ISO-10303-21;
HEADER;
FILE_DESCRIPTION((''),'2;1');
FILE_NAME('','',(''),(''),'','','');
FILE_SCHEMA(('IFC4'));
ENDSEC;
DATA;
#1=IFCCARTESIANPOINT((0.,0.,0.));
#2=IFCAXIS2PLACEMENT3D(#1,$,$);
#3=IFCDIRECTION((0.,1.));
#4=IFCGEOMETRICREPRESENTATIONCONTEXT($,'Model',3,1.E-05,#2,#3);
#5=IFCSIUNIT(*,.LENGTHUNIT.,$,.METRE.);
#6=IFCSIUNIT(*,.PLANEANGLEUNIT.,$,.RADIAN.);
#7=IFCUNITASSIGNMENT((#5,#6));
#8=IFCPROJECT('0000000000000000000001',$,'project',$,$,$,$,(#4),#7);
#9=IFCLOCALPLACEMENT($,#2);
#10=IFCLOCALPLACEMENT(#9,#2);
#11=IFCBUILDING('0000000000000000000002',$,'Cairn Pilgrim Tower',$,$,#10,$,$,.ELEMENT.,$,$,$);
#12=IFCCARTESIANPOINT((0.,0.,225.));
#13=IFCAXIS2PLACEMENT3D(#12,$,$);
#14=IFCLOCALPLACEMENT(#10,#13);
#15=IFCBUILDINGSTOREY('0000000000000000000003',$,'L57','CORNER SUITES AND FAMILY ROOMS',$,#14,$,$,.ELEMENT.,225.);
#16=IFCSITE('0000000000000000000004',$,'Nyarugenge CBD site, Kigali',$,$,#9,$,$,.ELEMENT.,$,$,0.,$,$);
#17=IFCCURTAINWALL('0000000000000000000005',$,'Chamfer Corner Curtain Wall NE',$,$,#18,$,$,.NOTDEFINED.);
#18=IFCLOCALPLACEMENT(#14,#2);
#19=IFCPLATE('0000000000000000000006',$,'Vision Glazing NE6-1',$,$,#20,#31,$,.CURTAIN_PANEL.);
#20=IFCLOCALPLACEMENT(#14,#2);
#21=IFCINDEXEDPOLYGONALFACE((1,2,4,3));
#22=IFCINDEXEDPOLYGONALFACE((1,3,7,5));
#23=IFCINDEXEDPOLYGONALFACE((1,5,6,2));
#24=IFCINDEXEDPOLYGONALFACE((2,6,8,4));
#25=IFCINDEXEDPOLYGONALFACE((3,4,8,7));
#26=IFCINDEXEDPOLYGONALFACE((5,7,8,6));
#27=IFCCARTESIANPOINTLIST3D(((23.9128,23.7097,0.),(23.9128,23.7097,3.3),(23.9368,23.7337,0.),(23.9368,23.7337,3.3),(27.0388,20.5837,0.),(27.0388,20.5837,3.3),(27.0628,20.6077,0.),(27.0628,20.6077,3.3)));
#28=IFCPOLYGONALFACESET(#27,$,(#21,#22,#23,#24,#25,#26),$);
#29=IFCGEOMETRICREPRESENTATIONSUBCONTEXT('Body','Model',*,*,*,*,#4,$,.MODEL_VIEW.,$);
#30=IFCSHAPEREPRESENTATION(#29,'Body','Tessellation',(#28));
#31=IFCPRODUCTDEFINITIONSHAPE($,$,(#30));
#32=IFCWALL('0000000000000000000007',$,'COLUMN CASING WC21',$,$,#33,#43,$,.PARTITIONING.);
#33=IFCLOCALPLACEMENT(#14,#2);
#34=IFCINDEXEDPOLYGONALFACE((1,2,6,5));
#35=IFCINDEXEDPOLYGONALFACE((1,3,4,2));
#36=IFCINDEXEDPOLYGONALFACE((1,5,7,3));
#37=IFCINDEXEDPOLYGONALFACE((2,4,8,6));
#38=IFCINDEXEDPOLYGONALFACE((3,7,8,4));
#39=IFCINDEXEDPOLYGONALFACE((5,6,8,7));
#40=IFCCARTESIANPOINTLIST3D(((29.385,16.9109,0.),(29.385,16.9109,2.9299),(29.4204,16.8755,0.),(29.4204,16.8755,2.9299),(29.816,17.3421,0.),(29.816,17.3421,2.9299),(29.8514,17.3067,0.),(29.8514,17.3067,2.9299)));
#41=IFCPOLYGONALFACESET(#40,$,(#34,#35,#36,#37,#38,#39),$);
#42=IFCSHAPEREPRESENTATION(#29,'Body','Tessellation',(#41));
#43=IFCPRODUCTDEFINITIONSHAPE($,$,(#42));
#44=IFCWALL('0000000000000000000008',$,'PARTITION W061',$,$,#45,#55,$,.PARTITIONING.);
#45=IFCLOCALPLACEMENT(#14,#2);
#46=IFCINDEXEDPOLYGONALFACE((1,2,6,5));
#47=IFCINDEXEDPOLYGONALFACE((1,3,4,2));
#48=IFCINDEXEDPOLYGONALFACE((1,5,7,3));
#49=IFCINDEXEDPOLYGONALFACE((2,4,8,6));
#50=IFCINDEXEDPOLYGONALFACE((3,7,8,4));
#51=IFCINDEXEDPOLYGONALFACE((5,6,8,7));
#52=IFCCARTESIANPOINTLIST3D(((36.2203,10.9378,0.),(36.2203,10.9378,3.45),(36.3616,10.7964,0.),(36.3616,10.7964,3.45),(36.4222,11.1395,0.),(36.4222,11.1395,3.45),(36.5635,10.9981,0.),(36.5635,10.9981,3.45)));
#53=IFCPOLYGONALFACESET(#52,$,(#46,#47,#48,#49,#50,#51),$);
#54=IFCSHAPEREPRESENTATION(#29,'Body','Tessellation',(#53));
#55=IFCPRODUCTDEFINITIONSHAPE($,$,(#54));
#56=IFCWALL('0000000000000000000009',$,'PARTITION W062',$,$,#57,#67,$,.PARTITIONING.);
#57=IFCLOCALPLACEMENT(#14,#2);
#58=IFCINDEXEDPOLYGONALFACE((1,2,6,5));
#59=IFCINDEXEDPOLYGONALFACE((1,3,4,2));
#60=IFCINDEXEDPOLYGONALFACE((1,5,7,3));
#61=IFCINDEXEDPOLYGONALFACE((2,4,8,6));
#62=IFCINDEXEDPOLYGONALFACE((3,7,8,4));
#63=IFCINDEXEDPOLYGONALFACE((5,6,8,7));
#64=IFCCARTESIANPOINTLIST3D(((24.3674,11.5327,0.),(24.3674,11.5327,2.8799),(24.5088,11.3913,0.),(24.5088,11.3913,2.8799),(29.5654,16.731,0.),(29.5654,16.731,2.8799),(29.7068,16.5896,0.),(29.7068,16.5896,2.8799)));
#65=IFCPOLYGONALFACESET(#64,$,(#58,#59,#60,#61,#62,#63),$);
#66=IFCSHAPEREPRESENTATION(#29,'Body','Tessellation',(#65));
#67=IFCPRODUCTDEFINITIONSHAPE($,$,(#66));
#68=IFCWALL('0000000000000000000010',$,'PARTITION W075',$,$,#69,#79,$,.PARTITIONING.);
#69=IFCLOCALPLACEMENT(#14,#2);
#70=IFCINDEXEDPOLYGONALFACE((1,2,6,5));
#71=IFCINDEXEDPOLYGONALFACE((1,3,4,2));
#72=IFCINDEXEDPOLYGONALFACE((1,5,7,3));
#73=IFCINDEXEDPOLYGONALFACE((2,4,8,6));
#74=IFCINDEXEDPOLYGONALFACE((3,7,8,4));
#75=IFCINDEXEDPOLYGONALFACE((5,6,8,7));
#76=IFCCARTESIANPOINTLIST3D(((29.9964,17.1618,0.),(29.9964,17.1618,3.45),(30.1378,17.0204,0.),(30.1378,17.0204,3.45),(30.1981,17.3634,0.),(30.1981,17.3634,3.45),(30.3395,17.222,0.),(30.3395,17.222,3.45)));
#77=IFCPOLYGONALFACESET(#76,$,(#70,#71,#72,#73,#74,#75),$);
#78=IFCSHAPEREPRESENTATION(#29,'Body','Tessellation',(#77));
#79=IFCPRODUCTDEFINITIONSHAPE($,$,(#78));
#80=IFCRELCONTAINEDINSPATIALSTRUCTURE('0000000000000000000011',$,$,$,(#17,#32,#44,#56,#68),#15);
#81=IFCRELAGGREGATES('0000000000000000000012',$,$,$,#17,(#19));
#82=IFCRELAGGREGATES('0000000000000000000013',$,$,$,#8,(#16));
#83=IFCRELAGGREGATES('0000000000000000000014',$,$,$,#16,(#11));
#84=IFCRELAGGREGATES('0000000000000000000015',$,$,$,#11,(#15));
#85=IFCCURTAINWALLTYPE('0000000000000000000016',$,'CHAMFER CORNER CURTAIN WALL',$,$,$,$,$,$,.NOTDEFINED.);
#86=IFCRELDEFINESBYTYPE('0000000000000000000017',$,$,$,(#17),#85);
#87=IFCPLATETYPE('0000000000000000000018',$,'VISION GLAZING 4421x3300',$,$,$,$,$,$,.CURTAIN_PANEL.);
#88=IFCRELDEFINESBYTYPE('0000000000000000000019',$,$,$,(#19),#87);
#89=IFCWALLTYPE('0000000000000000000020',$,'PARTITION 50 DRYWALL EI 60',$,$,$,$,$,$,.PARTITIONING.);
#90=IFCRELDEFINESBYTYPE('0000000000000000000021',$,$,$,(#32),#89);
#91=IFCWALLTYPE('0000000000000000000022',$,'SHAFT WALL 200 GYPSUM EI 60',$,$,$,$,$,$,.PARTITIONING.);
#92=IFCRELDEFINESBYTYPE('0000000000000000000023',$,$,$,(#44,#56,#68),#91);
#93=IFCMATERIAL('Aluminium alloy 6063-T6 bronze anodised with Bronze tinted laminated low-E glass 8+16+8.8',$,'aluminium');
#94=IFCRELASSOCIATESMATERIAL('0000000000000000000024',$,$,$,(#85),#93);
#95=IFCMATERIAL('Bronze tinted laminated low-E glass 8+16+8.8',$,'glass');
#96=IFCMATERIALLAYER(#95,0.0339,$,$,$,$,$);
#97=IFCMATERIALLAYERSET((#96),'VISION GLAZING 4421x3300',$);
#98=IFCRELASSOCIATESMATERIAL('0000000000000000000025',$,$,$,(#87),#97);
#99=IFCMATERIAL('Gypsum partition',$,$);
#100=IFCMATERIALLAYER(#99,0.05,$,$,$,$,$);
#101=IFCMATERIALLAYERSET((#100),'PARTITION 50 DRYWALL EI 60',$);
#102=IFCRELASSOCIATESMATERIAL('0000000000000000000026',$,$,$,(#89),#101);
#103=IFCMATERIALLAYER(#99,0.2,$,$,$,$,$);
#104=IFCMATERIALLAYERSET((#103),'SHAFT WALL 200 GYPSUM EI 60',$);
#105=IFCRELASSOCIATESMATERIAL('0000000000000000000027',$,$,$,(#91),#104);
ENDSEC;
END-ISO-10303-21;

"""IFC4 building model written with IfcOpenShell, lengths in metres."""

from ifc_helpers import new_model, si_unit, direction, frame, frame_2d, origin, origin_2d, place, context, subcontext, project, spatial, rectangle, extrude, material, layer, layer_set, type_object, element, aggregate, save


model = new_model("IFC4")

# Units and contexts
model_context = context("Model", 3, precision=1e-05, world=origin(), true_north=direction((0.0, 1.0)))
body_context = subcontext(model_context, "Body", "Model", "MODEL_VIEW")
ifc_project = project(units=[si_unit("LENGTHUNIT", "METRE"), si_unit("PLANEANGLEUNIT", "RADIAN")], contexts=[model_context])

# Site, building, storey
site_placement = place(None, origin())
site = spatial("IfcSite", under=ifc_project, at=site_placement, Name="Nyarugenge CBD site, Kigali", CompositionType="ELEMENT", RefElevation=0.0)
building_placement = place(site_placement, origin())
building = spatial("IfcBuilding", under=site, at=building_placement, Name="Cairn Pilgrim Tower", CompositionType="ELEMENT")
storey_placement = place(building_placement, frame((0.0, 0.0, 225.0)))
storey = spatial("IfcBuildingStorey", under=building, at=storey_placement, Name="L57", Description="CORNER SUITES AND FAMILY ROOMS", CompositionType="ELEMENT", Elevation=225.0)

# Curtain wall
ifc_material_1 = material(Name="Aluminium alloy 6063-T6 bronze anodised with Bronze tinted laminated low-E glass 8+16+8.8", Category="aluminium")
curtain_wall_type_1 = type_object("IfcCurtainWallType", Name="CHAMFER CORNER CURTAIN WALL", PredefinedType="NOTDEFINED", material=ifc_material_1)
curtain_wall_1_placement = place(storey_placement, origin())
curtain_wall_1 = element("IfcCurtainWall", 1, at=curtain_wall_1_placement, inside=storey, type_object=curtain_wall_type_1, Name="Chamfer Corner Curtain Wall NE", PredefinedType="NOTDEFINED")

# Plate
ifc_material_2 = material(Name="Bronze tinted laminated low-E glass 8+16+8.8", Category="glass")
ifc_layer_1 = layer(ifc_material_2, 0.0339)
ifc_layer_set_1 = layer_set([ifc_layer_1], Name="VISION GLAZING 4421x3300")
plate_type_1 = type_object("IfcPlateType", Name="VISION GLAZING 4421x3300", PredefinedType="CURTAIN_PANEL", material=ifc_layer_set_1)
plate_1_placement = place(storey_placement, frame((25.4878, 22.1587, 0.0), z_axis=(0.0, 0.0, 1.0), x_axis=(-0.707107, 0.707107, 0.0)))
plate_1 = element("IfcPlate", 2, at=plate_1_placement, type_object=plate_type_1, Name="Vision Glazing NE6-1", PredefinedType="CURTAIN_PANEL", context=body_context, shape_type="SweptSolid", body=[
    extrude(rectangle(XDim=4.4209, YDim=0.0339, at=origin_2d()), origin(), (0.0, 0.0, 1.0), 3.3),
])
aggregate(curtain_wall_1, [plate_1])

# Walls
ifc_material_3 = material(Name="Gypsum partition")
ifc_layer_2 = layer(ifc_material_3, 0.05)
ifc_layer_set_2 = layer_set([ifc_layer_2], Name="PARTITION 50 DRYWALL EI 60")
wall_type_1 = type_object("IfcWallType", Name="PARTITION 50 DRYWALL EI 60", PredefinedType="PARTITIONING", material=ifc_layer_set_2)
wall_1_placement = place(storey_placement, frame((29.4028, 16.8933, 0.0), z_axis=(0.0, 0.0, 1.0), x_axis=(0.706906, 0.707307, 0.0)))
element("IfcWall", 3, at=wall_1_placement, inside=storey, type_object=wall_type_1, Name="COLUMN CASING WC21", PredefinedType="PARTITIONING", context=body_context, shape_type="SweptSolid", body=[
    extrude(rectangle(XDim=0.6096, YDim=0.05, at=frame_2d((0.3047, 0.0))), origin(), (0.0, 0.0, 1.0), 2.9299),
])
ifc_layer_3 = layer(ifc_material_3, 0.2)
ifc_layer_set_3 = layer_set([ifc_layer_3], Name="SHAFT WALL 200 GYPSUM EI 60")
wall_type_2 = type_object("IfcWallType", Name="SHAFT WALL 200 GYPSUM EI 60", PredefinedType="PARTITIONING", material=ifc_layer_set_3)
wall_2_placement = place(storey_placement, frame((36.291, 10.8672, 0.0), z_axis=(0.0, 0.0, 1.0), x_axis=(0.707534, 0.706679, 0.0)))
element("IfcWall", 4, at=wall_2_placement, inside=storey, type_object=wall_type_2, Name="PARTITION W061", PredefinedType="PARTITIONING", context=body_context, shape_type="SweptSolid", body=[
    extrude(rectangle(XDim=0.2854, YDim=0.2, at=frame_2d((0.1426, 0.0))), origin(), (0.0, 0.0, 1.0), 3.45),
])
wall_3_placement = place(storey_placement, frame((24.438, 11.4619, 0.0), z_axis=(0.0, 0.0, 1.0), x_axis=(0.70709, 0.707123, 0.0)))
element("IfcWall", 5, at=wall_3_placement, inside=storey, type_object=wall_type_2, Name="PARTITION W062", PredefinedType="PARTITIONING", context=body_context, shape_type="SweptSolid", body=[
    extrude(rectangle(XDim=7.3513, YDim=0.2, at=frame_2d((3.6758, 0.0))), origin(), (0.0, 0.0, 1.0), 2.8799),
])
wall_4_placement = place(storey_placement, frame((30.0671, 17.0911, 0.0), z_axis=(0.0, 0.0, 1.0), x_axis=(0.707107, 0.707107, 0.0)))
element("IfcWall", 6, at=wall_4_placement, inside=storey, type_object=wall_type_2, Name="PARTITION W075", PredefinedType="PARTITIONING", context=body_context, shape_type="SweptSolid", body=[
    extrude(rectangle(XDim=0.2852, YDim=0.2, at=frame_2d((0.1426, 0.0))), origin(), (0.0, 0.0, 1.0), 3.45),
])

save(model, "model.ifc")
